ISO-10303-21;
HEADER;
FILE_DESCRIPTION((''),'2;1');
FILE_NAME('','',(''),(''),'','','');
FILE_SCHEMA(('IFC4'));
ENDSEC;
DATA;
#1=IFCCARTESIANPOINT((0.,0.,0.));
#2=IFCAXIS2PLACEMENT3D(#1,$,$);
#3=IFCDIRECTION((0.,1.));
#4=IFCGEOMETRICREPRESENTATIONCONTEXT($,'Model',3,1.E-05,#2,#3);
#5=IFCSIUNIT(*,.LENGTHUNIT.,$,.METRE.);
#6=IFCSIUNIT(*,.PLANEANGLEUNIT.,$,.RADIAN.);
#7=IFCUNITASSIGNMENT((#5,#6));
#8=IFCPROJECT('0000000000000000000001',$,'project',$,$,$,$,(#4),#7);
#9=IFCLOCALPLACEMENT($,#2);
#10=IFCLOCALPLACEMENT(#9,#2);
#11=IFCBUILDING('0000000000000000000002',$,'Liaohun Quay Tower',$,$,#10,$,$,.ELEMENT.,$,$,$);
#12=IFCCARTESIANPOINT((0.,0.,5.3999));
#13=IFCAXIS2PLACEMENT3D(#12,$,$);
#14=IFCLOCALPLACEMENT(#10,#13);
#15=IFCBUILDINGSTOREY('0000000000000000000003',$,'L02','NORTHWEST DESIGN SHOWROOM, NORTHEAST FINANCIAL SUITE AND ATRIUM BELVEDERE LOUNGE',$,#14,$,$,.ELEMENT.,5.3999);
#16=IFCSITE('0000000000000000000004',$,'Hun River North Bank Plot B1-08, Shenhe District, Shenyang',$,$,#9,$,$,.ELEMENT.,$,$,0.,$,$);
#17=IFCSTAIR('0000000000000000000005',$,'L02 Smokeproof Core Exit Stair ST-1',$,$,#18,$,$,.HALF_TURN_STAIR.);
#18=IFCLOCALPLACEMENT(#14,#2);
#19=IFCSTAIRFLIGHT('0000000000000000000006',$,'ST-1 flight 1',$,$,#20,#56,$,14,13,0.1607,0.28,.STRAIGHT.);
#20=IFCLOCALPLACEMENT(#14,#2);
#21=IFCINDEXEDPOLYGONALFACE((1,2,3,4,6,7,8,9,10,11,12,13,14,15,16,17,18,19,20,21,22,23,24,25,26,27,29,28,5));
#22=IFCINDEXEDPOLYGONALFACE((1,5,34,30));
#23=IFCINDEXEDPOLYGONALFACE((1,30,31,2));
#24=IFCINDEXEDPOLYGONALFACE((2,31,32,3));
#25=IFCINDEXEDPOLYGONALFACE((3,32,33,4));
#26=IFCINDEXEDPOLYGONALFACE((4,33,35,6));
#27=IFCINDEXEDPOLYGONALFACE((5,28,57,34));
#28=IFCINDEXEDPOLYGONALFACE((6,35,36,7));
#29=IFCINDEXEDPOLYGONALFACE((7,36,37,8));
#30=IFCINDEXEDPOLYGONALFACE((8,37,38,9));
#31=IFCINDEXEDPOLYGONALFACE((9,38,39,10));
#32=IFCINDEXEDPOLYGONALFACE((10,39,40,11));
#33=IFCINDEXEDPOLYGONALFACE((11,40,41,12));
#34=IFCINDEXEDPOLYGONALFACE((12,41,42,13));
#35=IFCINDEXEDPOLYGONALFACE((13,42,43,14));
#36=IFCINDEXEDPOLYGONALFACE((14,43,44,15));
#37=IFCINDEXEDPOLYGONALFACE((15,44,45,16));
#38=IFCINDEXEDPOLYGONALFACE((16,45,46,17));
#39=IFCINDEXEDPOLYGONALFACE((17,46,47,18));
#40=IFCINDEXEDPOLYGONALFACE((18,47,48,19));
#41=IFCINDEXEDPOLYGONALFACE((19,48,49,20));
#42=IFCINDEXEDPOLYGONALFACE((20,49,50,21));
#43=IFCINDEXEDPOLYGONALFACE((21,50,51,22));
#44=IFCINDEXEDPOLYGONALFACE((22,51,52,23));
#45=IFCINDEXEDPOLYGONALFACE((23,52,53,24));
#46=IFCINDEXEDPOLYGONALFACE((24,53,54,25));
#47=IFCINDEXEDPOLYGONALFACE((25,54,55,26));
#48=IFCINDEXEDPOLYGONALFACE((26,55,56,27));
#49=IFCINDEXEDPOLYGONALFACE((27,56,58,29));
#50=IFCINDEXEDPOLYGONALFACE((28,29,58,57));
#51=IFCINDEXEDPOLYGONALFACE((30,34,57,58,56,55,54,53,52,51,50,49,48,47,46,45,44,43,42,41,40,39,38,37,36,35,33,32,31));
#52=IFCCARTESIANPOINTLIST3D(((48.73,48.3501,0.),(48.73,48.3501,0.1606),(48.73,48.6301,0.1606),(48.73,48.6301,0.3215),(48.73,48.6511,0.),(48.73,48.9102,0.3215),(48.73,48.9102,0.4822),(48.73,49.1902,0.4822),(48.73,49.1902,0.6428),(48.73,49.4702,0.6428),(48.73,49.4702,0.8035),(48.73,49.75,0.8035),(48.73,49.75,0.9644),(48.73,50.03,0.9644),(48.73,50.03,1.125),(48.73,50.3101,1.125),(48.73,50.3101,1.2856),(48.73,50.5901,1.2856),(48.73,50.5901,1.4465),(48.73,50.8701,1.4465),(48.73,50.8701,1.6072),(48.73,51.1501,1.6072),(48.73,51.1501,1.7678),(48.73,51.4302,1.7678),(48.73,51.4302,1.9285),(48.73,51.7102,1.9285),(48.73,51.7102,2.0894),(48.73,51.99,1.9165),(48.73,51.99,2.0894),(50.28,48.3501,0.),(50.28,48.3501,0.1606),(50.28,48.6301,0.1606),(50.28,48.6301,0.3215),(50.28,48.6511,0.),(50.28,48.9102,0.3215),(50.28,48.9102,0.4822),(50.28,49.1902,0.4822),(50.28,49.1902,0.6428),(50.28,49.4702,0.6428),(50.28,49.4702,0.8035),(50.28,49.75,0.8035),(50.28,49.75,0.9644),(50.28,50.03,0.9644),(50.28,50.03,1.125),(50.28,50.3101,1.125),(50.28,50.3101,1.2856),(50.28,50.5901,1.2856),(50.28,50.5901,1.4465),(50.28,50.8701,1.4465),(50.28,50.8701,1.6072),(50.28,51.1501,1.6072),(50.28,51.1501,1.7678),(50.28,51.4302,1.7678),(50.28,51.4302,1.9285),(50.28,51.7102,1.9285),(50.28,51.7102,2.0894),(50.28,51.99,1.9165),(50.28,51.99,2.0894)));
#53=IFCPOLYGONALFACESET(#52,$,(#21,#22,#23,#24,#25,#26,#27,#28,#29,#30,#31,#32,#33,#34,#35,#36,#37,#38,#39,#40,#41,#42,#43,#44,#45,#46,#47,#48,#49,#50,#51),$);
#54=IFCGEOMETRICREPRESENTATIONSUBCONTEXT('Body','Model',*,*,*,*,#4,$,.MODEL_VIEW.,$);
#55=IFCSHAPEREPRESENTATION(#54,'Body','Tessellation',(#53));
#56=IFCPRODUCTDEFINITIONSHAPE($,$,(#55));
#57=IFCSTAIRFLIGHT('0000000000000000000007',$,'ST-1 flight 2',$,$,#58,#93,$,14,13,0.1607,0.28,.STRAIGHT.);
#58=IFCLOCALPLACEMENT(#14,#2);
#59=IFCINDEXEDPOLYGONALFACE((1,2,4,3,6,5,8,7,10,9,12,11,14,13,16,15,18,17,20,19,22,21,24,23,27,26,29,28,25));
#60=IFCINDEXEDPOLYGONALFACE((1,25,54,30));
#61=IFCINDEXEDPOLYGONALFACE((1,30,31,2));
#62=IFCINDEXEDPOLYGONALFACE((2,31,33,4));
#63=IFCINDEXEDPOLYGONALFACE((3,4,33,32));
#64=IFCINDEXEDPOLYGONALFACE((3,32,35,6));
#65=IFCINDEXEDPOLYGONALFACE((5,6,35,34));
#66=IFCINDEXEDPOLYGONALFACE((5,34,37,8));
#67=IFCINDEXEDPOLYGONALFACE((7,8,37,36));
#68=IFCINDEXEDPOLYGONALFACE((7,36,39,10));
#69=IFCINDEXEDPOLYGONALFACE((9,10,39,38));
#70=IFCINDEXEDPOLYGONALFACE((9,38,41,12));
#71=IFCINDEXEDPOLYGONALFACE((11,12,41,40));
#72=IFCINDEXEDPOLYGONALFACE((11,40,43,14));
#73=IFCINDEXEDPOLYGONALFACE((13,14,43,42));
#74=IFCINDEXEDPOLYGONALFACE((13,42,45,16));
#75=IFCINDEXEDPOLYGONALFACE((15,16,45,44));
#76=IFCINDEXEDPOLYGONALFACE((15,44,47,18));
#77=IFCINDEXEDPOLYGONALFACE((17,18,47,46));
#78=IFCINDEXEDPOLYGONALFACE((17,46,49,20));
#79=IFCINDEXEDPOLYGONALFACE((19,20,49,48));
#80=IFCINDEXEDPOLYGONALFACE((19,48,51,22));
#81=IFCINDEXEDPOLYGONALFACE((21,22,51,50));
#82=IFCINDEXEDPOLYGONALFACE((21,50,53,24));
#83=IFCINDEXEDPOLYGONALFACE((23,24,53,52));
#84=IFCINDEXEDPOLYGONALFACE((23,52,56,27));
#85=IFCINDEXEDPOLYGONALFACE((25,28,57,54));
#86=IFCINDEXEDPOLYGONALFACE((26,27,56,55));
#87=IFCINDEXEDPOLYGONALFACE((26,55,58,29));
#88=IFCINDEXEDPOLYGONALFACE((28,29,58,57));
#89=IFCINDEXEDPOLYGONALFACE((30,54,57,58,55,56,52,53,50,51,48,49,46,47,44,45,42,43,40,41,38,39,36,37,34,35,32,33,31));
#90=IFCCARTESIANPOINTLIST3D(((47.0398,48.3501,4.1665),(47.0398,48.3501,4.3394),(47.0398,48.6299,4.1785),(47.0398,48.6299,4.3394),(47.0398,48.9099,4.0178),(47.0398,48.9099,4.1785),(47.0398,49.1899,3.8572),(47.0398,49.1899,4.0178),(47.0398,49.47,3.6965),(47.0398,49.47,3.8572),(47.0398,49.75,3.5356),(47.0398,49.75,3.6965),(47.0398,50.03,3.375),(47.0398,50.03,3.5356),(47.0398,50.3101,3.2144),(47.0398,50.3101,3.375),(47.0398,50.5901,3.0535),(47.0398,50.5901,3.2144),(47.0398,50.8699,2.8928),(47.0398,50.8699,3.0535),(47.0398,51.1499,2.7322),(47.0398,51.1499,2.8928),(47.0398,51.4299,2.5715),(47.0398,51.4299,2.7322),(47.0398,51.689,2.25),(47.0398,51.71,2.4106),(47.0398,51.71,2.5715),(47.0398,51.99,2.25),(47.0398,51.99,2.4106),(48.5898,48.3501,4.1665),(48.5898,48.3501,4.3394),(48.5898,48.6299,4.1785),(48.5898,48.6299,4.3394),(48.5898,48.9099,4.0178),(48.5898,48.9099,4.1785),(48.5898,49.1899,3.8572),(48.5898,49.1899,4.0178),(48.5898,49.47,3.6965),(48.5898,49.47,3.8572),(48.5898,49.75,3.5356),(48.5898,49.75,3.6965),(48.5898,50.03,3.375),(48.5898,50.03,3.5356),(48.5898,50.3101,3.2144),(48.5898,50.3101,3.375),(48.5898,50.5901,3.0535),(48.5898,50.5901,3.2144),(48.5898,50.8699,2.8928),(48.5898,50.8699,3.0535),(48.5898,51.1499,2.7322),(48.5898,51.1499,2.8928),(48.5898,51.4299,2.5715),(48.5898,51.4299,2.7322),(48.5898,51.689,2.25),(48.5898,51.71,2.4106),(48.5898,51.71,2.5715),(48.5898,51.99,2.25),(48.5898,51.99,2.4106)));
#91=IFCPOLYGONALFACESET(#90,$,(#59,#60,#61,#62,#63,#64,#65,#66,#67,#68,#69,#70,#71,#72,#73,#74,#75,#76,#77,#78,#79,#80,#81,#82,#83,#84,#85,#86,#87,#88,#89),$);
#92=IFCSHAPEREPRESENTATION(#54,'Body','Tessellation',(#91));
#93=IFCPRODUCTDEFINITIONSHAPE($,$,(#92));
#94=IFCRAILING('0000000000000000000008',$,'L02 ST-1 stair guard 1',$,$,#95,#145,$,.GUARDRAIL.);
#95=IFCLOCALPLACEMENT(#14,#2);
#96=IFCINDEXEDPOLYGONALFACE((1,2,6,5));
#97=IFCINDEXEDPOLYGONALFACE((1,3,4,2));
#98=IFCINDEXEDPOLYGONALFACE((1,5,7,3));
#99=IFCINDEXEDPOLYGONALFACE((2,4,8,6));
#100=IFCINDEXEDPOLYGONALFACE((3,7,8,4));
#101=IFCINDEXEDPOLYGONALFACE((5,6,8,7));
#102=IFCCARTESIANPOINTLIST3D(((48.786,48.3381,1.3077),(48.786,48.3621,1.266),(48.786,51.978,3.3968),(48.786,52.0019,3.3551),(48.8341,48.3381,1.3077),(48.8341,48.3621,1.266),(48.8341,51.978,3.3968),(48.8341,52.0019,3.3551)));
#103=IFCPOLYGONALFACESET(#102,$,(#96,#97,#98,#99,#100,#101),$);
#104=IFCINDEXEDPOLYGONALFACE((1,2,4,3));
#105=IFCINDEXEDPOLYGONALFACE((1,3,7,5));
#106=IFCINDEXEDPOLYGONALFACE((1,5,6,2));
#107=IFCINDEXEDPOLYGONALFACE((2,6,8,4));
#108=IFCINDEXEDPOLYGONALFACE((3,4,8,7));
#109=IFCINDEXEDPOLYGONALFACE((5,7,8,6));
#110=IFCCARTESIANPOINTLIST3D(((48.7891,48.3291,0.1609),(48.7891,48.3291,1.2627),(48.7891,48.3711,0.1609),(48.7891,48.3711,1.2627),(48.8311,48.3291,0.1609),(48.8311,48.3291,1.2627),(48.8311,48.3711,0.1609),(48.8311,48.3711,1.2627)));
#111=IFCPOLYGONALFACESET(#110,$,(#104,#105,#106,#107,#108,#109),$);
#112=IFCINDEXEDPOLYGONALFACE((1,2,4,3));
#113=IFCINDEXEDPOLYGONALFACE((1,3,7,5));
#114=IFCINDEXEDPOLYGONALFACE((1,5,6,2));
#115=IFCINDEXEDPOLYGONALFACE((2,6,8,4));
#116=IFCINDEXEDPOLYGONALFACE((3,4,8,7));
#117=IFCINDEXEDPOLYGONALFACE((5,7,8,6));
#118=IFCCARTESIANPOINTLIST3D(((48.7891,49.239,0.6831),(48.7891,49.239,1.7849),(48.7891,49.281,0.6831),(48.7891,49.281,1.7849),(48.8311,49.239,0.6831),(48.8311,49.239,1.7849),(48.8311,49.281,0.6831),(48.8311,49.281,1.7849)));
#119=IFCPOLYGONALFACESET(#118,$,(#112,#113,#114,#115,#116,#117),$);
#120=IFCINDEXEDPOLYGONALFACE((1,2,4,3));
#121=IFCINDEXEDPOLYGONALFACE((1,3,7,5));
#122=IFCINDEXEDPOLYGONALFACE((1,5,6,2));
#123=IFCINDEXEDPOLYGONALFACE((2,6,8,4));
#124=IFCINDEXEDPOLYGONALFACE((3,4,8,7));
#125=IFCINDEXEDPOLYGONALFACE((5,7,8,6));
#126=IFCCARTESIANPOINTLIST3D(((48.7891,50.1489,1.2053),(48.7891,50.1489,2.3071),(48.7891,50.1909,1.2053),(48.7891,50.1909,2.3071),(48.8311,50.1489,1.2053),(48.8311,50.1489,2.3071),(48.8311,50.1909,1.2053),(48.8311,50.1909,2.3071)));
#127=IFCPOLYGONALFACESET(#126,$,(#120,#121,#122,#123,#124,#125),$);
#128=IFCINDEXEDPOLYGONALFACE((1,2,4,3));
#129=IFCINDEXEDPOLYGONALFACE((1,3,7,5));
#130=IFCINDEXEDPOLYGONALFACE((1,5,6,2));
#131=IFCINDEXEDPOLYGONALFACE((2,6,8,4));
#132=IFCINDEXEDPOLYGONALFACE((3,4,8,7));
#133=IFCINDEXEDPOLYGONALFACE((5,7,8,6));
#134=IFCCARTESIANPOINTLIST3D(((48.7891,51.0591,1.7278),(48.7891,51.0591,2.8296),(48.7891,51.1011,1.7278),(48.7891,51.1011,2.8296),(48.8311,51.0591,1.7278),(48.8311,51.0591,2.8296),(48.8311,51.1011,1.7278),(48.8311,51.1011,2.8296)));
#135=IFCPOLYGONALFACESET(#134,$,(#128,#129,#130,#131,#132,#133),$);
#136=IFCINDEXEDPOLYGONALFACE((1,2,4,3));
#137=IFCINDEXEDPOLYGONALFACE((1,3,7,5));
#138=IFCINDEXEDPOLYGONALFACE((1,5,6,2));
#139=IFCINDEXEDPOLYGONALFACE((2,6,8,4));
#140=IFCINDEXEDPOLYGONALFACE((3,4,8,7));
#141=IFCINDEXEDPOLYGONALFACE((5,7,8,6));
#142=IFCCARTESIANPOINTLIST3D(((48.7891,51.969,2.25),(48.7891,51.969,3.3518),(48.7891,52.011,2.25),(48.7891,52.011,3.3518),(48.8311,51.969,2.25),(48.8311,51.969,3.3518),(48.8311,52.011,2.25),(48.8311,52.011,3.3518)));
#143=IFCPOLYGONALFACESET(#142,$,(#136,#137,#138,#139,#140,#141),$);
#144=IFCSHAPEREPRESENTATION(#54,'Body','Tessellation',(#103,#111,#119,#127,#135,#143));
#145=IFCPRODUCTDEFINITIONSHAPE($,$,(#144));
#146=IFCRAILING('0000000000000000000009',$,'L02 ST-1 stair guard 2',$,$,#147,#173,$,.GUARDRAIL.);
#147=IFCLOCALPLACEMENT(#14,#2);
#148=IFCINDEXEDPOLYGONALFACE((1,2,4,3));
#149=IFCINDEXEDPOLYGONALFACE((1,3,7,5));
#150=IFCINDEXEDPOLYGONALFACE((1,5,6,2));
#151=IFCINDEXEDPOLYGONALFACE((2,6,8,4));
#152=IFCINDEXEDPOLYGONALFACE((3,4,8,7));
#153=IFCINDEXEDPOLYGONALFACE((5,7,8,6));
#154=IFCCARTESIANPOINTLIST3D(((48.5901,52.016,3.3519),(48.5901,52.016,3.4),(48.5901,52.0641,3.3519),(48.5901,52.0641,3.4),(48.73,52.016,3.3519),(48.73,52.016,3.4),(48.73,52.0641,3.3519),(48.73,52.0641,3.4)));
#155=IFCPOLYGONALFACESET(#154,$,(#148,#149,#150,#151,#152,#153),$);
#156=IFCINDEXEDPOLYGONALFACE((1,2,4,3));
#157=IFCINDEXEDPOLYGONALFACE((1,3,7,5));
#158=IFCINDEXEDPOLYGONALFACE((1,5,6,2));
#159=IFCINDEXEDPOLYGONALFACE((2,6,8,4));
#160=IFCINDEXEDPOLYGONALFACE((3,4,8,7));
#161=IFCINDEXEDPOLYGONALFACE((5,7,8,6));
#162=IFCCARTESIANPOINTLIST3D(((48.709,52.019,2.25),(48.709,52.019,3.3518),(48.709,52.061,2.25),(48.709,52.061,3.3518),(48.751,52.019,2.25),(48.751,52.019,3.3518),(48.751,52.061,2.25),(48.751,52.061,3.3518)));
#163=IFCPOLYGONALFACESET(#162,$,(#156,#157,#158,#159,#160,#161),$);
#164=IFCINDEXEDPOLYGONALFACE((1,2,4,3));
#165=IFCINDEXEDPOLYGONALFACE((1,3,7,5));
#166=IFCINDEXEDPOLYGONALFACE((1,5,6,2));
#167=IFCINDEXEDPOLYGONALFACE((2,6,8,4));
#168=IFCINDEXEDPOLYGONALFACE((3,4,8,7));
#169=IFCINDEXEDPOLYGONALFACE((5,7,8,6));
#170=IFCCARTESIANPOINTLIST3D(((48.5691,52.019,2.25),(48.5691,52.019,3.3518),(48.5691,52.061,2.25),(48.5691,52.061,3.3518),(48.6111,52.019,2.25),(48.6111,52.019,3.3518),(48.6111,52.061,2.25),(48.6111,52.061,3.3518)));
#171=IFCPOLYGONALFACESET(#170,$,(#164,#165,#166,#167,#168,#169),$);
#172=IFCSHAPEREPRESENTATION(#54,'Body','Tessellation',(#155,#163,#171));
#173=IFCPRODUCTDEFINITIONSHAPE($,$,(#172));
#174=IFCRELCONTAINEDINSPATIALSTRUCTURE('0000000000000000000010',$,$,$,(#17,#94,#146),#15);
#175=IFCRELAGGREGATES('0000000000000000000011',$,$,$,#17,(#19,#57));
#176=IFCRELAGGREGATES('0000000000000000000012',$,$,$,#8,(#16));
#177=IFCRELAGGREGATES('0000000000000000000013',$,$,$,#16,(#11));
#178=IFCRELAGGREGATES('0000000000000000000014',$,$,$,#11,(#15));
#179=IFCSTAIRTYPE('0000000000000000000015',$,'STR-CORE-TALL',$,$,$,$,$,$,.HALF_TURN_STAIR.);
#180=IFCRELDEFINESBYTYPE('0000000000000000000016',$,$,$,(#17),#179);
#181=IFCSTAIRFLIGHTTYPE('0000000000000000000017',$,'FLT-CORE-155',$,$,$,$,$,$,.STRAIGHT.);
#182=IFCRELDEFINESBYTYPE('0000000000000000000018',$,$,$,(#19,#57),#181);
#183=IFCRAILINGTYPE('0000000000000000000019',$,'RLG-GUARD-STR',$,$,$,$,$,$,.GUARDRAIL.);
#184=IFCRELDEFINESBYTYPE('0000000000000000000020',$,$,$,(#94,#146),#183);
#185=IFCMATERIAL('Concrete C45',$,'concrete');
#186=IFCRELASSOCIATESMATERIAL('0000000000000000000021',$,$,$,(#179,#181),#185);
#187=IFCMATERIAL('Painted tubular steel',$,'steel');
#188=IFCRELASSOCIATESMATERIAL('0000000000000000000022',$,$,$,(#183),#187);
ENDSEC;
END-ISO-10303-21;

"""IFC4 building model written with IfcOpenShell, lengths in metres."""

from ifc_helpers import new_model, si_unit, direction, frame, origin, origin_2d, place, context, subcontext, project, spatial, polyline, rectangle, outline, extrude, material, type_object, element, aggregate, save


model = new_model("IFC4")

# Units and contexts
model_context = context("Model", 3, precision=1e-05, world=origin(), true_north=direction((0.0, 1.0)))
body_context = subcontext(model_context, "Body", "Model", "MODEL_VIEW")
ifc_project = project(units=[si_unit("LENGTHUNIT", "METRE"), si_unit("PLANEANGLEUNIT", "RADIAN")], contexts=[model_context])

# Site, building, storey
site_placement = place(None, origin())
site = spatial("IfcSite", under=ifc_project, at=site_placement, Name="Hun River North Bank Plot B1-08, Shenhe District, Shenyang", CompositionType="ELEMENT", RefElevation=0.0)
building_placement = place(site_placement, origin())
building = spatial("IfcBuilding", under=site, at=building_placement, Name="Liaohun Quay Tower", CompositionType="ELEMENT")
storey_placement = place(building_placement, frame((0.0, 0.0, 5.3999)))
storey = spatial("IfcBuildingStorey", under=building, at=storey_placement, Name="L02", Description="NORTHWEST DESIGN SHOWROOM, NORTHEAST FINANCIAL SUITE AND ATRIUM BELVEDERE LOUNGE", CompositionType="ELEMENT", Elevation=5.3999)

# Stair, stair flights
ifc_material_1 = material(Name="Concrete C45", Category="concrete")
stair_type = type_object("IfcStairType", Name="STR-CORE-TALL", PredefinedType="HALF_TURN_STAIR", material=ifc_material_1)
stair_placement = place(storey_placement, origin())
stair = element("IfcStair", 1, at=stair_placement, inside=storey, type_object=stair_type, Name="L02 Smokeproof Core Exit Stair ST-1", PredefinedType="HALF_TURN_STAIR")
stair_flight_type = type_object("IfcStairFlightType", Name="FLT-CORE-155", PredefinedType="STRAIGHT", material=ifc_material_1)
stair_flight_1_placement = place(storey_placement, frame((49.5049, 48.3501, 0.0), z_axis=(0.0, 0.0, 1.0), x_axis=(0.0, 1.0, 0.0)))
stair_flight_1 = element("IfcStairFlight", 2, at=stair_flight_1_placement, type_object=stair_flight_type, Name="ST-1 flight 1", NumberOfRisers=14, NumberOfTreads=13, PredefinedType="STRAIGHT", RiserHeight=0.1607, TreadLength=0.28, context=body_context, shape_type="SweptSolid", body=[
    extrude(outline(polyline([(0.0, 0.0), (0.0, 0.1606), (0.28, 0.1606), (0.28, 0.3215), (0.5601, 0.3215), (0.5601, 0.4822), (0.8401, 0.4822), (0.8401, 0.6428), (1.1201, 0.6428), (1.1201, 0.8035), (1.3999, 0.8035), (1.3999, 0.9644), (1.6799, 0.9644), (1.6799, 1.125), (1.96, 1.125), (1.96, 1.2856), (2.24, 1.2856), (2.24, 1.4465), (2.52, 1.4465), (2.52, 1.6072), (2.8, 1.6072), (2.8, 1.7678), (3.0801, 1.7678), (3.0801, 1.9285), (3.3601, 1.9285), (3.3601, 2.0894), (3.6399, 2.0894), (3.6399, 2.25), (3.6399, 1.9165), (0.301, 0.0), (0.0, 0.0)])), frame((0.0, 0.7749, 0.0), z_axis=(0.0, -1.0, 0.0), x_axis=(1.0, 0.0, 0.0)), (0.0, 0.0, 1.0), 1.55),
])
stair_flight_2_placement = place(storey_placement, frame((47.8149, 51.99, 2.25), z_axis=(0.0, 0.0, 1.0), x_axis=(0.0, -1.0, 0.0)))
stair_flight_2 = element("IfcStairFlight", 3, at=stair_flight_2_placement, type_object=stair_flight_type, Name="ST-1 flight 2", NumberOfRisers=14, NumberOfTreads=13, PredefinedType="STRAIGHT", RiserHeight=0.1607, TreadLength=0.28, context=body_context, shape_type="SweptSolid", body=[
    extrude(outline(polyline([(0.0, 0.0), (0.0, 0.1606), (0.28, 0.1606), (0.28, 0.3215), (0.5601, 0.3215), (0.5601, 0.4822), (0.8401, 0.4822), (0.8401, 0.6428), (1.1201, 0.6428), (1.1201, 0.8035), (1.3999, 0.8035), (1.3999, 0.9644), (1.6799, 0.9644), (1.6799, 1.125), (1.96, 1.125), (1.96, 1.2856), (2.24, 1.2856), (2.24, 1.4465), (2.52, 1.4465), (2.52, 1.6072), (2.8, 1.6072), (2.8, 1.7678), (3.0801, 1.7678), (3.0801, 1.9285), (3.3601, 1.9285), (3.3601, 2.0894), (3.6399, 2.0894), (3.6399, 2.25), (3.6399, 1.9165), (0.301, 0.0), (0.0, 0.0)])), frame((0.0, 0.7749, 0.0), z_axis=(0.0, -1.0, 0.0), x_axis=(1.0, 0.0, 0.0)), (0.0, 0.0, 1.0), 1.55),
])
aggregate(stair, [stair_flight_1, stair_flight_2])

# Railings
ifc_material_2 = material(Name="Painted tubular steel", Category="steel")
railing_type_1 = type_object("IfcRailingType", Name="RLG-GUARD-STR", PredefinedType="GUARDRAIL", material=ifc_material_2)
railing_1_placement = place(storey_placement, frame((48.8101, 48.3501, 0.1609)))
element("IfcRailing", 4, at=railing_1_placement, inside=storey, type_object=railing_type_1, Name="L02 ST-1 stair guard 1", PredefinedType="GUARDRAIL", context=body_context, shape_type="SweptSolid", body=[
    extrude(rectangle(XDim=0.0481, YDim=0.0481, at=origin_2d()), frame((0.0, 0.0, 1.126), z_axis=(0.0, 0.8673, 0.497786), x_axis=(-1.0, 0.0, 0.0)), (0.0, 0.0, 1.0), 4.1968),
    extrude(rectangle(XDim=0.042, YDim=0.042, at=origin_2d()), origin(), (0.0, 0.0, 1.0), 1.1018),
    extrude(rectangle(XDim=0.042, YDim=0.042, at=origin_2d()), frame((0.0, 0.9099, 0.5222)), (0.0, 0.0, 1.0), 1.1018),
    extrude(rectangle(XDim=0.042, YDim=0.042, at=origin_2d()), frame((0.0, 1.8198, 1.0444)), (0.0, 0.0, 1.0), 1.1018),
    extrude(rectangle(XDim=0.042, YDim=0.042, at=origin_2d()), frame((0.0, 2.73, 1.5669)), (0.0, 0.0, 1.0), 1.1018),
    extrude(rectangle(XDim=0.042, YDim=0.042, at=origin_2d()), frame((0.0, 3.6399, 2.0891)), (0.0, 0.0, 1.0), 1.1018),
])
railing_2_placement = place(storey_placement, frame((48.73, 52.04, 2.25)))
element("IfcRailing", 5, at=railing_2_placement, inside=storey, type_object=railing_type_1, Name="L02 ST-1 stair guard 2", PredefinedType="GUARDRAIL", context=body_context, shape_type="SweptSolid", body=[
    extrude(rectangle(XDim=0.0481, YDim=0.0481, at=origin_2d()), frame((0.0, 0.0, 1.126), z_axis=(-1.0, 0.0, 0.0), x_axis=(0.0, -1.0, 0.0)), (0.0, 0.0, 1.0), 0.1399),
    extrude(rectangle(XDim=0.042, YDim=0.042, at=origin_2d()), origin(), (0.0, 0.0, 1.0), 1.1018),
    extrude(rectangle(XDim=0.042, YDim=0.042, at=origin_2d()), frame((-0.1399, 0.0, 0.0)), (0.0, 0.0, 1.0), 1.1018),
])

save(model, "model.ifc")
